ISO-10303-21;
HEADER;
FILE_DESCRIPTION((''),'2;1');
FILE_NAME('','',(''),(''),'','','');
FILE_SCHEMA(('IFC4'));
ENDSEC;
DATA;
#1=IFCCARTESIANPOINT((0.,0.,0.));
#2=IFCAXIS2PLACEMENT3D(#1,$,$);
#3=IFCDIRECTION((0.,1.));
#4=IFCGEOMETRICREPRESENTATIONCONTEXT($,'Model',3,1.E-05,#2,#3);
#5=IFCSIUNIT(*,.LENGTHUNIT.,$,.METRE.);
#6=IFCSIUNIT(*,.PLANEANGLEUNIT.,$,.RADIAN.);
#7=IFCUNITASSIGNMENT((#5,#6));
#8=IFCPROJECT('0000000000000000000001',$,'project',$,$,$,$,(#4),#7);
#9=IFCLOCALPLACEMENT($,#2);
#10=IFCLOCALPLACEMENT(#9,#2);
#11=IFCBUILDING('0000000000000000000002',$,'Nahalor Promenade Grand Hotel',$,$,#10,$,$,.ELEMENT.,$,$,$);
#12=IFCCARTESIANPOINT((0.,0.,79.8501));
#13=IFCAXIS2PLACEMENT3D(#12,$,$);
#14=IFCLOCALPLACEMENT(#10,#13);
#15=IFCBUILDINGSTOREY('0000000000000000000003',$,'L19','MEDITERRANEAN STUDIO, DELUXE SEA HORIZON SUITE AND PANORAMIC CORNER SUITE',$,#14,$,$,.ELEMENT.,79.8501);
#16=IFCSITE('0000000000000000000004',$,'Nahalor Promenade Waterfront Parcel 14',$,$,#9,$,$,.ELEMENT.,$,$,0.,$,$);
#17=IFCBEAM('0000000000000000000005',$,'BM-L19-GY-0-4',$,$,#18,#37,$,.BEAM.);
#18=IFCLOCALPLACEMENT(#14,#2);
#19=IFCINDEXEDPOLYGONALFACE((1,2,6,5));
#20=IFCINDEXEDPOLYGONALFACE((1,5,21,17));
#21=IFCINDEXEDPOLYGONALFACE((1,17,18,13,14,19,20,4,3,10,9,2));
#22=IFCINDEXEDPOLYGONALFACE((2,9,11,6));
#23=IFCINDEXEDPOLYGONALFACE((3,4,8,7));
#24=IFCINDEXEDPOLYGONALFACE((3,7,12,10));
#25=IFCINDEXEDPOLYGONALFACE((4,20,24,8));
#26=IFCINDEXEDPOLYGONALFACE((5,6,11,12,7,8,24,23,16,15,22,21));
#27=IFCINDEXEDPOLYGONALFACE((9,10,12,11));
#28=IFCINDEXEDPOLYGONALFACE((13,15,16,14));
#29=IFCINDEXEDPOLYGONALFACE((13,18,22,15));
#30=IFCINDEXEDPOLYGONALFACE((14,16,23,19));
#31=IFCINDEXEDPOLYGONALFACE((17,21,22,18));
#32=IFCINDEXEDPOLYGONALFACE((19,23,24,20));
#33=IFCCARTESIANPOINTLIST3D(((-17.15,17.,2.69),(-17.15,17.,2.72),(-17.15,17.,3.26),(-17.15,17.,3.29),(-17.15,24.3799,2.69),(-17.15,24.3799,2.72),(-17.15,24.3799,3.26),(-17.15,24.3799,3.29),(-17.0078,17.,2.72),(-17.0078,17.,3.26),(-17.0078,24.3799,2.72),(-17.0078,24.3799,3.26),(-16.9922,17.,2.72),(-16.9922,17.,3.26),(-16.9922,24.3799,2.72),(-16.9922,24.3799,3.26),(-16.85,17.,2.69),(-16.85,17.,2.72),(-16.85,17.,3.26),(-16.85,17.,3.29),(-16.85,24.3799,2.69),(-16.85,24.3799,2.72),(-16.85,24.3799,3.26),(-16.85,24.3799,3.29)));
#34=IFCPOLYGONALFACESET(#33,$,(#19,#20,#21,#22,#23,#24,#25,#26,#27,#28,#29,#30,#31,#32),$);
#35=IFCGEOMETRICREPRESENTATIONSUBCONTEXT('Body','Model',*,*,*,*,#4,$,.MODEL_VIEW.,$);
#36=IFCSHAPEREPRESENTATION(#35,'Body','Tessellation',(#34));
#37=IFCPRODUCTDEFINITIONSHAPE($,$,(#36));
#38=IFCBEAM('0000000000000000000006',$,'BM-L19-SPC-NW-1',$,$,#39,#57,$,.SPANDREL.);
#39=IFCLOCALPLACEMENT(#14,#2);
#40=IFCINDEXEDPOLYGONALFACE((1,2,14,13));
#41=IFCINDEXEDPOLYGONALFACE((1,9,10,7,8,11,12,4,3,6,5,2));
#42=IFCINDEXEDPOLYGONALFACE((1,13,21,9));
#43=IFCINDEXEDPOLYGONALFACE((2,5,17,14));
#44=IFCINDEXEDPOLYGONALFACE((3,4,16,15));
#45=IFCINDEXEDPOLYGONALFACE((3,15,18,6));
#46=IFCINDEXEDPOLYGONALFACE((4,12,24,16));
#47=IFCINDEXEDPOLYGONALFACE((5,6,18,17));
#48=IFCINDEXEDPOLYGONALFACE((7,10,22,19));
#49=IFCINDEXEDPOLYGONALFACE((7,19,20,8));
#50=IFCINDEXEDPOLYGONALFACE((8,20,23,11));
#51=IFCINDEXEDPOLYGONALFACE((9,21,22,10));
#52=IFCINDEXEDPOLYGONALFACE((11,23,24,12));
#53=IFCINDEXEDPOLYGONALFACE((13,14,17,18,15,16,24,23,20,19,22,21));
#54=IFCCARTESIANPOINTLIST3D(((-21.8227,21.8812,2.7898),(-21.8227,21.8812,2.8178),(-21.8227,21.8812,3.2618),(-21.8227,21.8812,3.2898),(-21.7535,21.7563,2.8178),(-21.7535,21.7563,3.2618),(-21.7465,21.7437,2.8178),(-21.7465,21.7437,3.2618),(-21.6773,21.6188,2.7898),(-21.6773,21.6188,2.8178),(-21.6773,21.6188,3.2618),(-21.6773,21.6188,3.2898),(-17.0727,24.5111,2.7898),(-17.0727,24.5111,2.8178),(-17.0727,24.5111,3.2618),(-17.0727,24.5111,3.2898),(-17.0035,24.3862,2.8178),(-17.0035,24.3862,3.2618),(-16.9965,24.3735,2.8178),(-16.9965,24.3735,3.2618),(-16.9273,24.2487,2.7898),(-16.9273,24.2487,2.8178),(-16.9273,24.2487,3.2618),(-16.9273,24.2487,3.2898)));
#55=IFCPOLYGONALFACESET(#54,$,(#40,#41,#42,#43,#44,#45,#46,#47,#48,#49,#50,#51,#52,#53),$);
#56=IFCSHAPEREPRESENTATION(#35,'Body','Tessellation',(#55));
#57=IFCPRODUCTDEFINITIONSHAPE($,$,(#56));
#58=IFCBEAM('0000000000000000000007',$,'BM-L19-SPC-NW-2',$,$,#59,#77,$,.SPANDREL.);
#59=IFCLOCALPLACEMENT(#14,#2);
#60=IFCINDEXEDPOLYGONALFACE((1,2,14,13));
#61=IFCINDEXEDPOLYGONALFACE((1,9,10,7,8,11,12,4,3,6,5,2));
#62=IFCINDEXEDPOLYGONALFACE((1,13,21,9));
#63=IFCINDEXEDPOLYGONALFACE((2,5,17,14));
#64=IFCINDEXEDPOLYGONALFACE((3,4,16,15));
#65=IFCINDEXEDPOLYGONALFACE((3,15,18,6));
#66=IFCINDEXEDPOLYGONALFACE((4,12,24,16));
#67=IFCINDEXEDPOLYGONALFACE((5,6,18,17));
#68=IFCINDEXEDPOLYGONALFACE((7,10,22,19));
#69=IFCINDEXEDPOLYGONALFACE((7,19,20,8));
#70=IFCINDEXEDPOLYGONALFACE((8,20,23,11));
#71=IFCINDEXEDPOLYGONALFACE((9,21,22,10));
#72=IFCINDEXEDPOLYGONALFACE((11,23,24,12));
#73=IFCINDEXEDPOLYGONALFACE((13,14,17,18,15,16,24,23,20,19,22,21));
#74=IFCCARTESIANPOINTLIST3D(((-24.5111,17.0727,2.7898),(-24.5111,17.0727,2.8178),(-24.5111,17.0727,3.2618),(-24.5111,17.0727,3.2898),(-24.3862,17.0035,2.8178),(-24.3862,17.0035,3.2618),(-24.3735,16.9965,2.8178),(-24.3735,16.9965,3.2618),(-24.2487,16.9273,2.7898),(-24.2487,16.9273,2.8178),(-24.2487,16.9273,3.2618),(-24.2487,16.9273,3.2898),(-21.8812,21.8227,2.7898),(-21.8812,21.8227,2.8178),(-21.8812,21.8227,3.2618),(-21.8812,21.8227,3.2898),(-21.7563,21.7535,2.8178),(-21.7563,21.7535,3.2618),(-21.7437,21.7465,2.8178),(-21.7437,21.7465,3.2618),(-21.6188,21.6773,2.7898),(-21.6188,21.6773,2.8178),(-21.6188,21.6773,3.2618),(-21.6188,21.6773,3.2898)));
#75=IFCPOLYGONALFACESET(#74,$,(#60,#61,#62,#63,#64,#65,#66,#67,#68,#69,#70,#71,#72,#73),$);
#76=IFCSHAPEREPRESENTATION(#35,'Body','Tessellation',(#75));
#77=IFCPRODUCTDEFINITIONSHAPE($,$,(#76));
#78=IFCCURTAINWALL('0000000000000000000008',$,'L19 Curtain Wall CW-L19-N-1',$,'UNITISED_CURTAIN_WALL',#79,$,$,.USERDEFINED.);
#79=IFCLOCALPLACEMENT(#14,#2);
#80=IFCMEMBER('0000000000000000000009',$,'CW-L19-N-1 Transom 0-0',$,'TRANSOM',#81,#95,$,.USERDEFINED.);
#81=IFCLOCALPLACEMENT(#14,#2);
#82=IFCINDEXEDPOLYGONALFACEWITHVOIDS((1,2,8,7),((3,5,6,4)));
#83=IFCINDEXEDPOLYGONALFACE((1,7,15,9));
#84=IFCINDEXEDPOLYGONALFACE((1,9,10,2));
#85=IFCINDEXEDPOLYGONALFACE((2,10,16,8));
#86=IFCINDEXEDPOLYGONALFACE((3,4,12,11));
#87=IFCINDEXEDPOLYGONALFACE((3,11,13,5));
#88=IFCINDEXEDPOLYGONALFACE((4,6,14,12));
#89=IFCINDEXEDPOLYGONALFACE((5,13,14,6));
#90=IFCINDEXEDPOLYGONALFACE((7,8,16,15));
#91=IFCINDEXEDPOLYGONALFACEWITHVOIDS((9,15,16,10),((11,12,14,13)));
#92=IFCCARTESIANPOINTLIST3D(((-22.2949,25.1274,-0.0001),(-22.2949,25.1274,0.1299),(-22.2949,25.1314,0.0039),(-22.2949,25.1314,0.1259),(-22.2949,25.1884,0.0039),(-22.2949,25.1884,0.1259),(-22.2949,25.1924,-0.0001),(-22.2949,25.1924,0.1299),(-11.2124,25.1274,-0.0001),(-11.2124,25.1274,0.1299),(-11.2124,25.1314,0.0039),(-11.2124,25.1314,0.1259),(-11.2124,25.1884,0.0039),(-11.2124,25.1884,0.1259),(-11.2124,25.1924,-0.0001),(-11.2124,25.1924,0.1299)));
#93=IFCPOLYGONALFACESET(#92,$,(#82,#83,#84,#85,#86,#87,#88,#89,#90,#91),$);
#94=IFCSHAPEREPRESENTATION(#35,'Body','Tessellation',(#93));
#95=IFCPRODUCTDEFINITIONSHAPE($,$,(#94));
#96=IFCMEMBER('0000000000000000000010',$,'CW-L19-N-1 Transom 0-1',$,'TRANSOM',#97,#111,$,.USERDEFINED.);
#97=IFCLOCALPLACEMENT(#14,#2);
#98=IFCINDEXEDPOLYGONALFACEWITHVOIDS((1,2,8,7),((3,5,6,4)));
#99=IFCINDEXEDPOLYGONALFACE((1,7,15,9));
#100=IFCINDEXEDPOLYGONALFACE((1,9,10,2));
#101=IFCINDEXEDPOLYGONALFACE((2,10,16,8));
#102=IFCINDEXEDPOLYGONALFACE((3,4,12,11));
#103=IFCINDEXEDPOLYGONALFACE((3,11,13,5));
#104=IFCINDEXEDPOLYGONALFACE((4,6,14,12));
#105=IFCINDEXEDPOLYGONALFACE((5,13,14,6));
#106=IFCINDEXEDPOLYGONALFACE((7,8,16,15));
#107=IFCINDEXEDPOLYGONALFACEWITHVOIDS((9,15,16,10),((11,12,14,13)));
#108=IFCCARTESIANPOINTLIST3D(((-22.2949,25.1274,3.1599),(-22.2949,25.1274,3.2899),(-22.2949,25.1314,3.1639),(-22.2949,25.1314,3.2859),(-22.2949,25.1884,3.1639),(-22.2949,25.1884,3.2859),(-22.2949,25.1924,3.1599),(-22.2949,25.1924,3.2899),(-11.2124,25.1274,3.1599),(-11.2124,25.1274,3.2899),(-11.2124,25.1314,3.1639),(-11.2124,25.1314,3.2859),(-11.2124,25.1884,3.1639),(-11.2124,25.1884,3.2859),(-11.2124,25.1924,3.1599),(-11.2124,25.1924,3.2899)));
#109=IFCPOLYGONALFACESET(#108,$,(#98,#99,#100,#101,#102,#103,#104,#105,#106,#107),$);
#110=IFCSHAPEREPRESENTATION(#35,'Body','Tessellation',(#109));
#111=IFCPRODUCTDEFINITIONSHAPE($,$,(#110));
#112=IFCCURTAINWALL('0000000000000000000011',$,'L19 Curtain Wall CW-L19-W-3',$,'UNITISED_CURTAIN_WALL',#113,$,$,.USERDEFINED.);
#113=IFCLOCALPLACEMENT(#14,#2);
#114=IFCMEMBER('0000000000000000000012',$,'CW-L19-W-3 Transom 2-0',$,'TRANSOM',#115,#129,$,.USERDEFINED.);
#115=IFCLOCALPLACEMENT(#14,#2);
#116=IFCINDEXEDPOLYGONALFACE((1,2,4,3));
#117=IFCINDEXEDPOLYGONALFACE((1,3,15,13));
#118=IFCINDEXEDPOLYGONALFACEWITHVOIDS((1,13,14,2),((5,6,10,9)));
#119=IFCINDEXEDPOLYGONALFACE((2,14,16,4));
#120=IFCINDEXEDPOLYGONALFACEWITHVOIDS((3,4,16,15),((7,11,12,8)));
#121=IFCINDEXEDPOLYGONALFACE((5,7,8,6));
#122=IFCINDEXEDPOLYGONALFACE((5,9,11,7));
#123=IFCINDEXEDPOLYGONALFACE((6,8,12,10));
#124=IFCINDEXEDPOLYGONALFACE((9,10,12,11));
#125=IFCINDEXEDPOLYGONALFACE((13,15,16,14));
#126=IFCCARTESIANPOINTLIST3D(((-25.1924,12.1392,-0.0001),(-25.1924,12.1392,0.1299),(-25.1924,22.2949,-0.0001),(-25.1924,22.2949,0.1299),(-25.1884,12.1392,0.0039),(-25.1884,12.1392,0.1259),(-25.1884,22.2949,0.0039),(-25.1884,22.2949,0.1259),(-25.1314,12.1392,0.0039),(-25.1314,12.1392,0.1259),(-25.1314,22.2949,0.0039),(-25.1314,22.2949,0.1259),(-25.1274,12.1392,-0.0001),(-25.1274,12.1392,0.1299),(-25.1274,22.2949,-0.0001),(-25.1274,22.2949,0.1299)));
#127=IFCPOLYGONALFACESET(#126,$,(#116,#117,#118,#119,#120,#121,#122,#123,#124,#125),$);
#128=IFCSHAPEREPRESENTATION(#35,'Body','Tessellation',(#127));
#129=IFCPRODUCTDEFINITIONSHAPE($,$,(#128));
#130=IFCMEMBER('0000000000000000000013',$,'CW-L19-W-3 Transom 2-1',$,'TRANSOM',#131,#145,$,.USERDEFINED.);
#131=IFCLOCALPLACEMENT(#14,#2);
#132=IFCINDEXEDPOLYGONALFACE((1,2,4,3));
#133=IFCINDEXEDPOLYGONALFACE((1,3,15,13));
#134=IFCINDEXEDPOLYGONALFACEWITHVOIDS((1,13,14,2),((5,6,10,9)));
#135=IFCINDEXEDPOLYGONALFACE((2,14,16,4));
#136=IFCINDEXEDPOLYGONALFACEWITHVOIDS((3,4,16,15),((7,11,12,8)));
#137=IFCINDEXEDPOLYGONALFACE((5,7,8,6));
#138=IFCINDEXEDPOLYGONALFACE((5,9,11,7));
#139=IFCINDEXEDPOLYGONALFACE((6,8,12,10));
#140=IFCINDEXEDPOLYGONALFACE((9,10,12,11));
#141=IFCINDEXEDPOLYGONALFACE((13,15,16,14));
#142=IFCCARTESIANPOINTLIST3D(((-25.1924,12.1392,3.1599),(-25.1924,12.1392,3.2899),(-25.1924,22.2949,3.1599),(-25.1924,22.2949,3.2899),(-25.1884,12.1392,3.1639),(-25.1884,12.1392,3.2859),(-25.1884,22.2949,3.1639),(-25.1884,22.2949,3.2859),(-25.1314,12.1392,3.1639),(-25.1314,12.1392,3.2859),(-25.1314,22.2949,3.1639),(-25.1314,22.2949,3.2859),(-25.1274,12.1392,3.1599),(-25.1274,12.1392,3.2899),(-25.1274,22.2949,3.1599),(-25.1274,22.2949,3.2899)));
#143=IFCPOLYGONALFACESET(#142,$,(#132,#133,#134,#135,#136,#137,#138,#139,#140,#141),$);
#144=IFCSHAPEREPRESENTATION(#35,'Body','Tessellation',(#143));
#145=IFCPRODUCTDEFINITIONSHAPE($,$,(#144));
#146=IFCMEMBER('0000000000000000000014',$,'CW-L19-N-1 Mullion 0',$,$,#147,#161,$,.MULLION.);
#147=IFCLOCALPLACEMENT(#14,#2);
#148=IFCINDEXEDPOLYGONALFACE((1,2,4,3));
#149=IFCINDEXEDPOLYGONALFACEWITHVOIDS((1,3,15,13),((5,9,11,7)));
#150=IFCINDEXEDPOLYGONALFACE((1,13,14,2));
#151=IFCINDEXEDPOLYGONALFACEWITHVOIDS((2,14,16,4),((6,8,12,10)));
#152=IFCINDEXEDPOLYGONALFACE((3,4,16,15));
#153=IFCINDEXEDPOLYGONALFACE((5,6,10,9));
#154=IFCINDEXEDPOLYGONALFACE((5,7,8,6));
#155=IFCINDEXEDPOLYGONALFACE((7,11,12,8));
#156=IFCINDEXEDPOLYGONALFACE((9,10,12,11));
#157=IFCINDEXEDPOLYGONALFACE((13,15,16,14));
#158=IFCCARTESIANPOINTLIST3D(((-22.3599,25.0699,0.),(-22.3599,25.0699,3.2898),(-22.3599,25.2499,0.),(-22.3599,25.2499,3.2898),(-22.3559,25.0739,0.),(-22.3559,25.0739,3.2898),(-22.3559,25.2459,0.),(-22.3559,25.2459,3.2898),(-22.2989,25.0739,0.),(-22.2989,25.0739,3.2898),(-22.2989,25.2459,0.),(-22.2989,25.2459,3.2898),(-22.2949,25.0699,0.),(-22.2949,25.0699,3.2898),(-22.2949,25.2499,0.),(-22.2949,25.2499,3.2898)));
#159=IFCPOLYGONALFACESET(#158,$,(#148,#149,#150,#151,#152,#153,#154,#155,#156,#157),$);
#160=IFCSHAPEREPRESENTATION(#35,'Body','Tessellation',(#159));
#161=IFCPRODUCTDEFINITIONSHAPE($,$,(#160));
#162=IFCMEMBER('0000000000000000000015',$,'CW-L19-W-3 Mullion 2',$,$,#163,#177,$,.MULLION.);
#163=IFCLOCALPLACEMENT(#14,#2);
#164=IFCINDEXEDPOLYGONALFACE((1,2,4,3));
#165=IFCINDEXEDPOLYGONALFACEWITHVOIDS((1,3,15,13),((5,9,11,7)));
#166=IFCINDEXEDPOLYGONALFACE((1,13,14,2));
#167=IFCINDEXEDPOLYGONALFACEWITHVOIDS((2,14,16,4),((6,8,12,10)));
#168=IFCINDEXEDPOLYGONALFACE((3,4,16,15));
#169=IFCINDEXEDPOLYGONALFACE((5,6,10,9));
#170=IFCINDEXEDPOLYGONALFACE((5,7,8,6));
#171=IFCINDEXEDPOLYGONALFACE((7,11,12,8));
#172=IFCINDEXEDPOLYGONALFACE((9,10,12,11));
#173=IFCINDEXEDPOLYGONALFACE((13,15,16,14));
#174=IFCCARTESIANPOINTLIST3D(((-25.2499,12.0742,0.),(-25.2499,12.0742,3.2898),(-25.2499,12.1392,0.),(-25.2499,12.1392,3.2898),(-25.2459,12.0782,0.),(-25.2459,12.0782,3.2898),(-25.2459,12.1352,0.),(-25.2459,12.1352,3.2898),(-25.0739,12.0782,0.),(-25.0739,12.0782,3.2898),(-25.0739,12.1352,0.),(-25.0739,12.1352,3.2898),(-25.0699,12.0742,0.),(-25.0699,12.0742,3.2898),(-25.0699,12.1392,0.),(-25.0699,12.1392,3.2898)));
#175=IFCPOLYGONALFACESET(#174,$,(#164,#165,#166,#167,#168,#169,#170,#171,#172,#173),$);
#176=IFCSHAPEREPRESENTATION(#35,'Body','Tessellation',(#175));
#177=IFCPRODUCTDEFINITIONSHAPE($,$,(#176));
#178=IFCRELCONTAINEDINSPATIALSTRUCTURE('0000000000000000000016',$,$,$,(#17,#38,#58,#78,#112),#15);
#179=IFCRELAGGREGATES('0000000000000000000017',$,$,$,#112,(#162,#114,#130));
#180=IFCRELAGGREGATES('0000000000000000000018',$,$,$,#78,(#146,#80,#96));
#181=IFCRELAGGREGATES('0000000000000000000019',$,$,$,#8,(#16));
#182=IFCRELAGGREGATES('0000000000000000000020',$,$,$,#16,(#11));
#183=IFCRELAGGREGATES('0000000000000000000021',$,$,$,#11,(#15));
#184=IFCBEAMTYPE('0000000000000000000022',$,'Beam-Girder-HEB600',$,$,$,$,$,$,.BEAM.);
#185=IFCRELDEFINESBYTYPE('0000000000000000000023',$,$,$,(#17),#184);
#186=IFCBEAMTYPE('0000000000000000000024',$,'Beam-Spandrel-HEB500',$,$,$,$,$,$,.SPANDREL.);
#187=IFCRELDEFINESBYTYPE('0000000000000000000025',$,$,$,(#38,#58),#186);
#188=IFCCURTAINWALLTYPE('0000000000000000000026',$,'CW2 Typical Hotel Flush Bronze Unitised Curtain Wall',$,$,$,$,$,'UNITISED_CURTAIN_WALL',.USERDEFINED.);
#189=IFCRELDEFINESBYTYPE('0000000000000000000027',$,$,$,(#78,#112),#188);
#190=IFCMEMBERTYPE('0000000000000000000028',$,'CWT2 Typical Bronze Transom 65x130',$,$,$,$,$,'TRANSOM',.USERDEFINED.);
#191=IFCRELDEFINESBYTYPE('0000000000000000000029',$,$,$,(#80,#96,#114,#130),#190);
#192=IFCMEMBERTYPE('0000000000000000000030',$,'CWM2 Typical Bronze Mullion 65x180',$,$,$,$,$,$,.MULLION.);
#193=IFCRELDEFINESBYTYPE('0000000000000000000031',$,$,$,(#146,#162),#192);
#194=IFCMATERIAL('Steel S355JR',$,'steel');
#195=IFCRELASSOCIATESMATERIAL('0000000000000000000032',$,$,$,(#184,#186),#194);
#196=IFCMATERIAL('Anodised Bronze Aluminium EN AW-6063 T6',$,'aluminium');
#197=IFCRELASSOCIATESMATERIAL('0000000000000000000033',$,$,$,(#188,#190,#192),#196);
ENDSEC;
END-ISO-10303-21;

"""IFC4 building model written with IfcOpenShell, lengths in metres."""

from ifc_helpers import new_model, si_unit, direction, frame, origin, origin_2d, place, context, subcontext, project, spatial, hollow_rectangle, i_section, extrude, source, transform, mapped, material, material_profile, profile_set, type_object, element, aggregate, save


model = new_model("IFC4")

# Units and contexts
model_context = context("Model", 3, precision=1e-05, world=origin(), true_north=direction((0.0, 1.0)))
body_context = subcontext(model_context, "Body", "Model", "MODEL_VIEW")
ifc_project = project(units=[si_unit("LENGTHUNIT", "METRE"), si_unit("PLANEANGLEUNIT", "RADIAN")], contexts=[model_context])

# Site, building, storey
site_placement = place(None, origin())
site = spatial("IfcSite", under=ifc_project, at=site_placement, Name="Nahalor Promenade Waterfront Parcel 14", CompositionType="ELEMENT", RefElevation=0.0)
building_placement = place(site_placement, origin())
building = spatial("IfcBuilding", under=site, at=building_placement, Name="Nahalor Promenade Grand Hotel", CompositionType="ELEMENT")
storey_placement = place(building_placement, frame((0.0, 0.0, 79.8501)))
storey = spatial("IfcBuildingStorey", under=building, at=storey_placement, Name="L19", Description="MEDITERRANEAN STUDIO, DELUXE SEA HORIZON SUITE AND PANORAMIC CORNER SUITE", CompositionType="ELEMENT", Elevation=79.8501)

# Beams
ifc_material_1 = material(Name="Steel S355JR", Category="steel")
ifc_material_profile_1 = material_profile(ifc_material_1, i_section(OverallWidth=0.3, OverallDepth=0.6, WebThickness=0.0155, FlangeThickness=0.03, at=origin_2d()), Name="HEB 600")
ifc_profile_set_1 = profile_set([ifc_material_profile_1], Name="Steel S355JR")
beam_type_1 = type_object("IfcBeamType", Name="Beam-Girder-HEB600", PredefinedType="BEAM", material=ifc_profile_set_1)
ifc_material_profile_2 = material_profile(ifc_material_1, i_section(OverallWidth=0.3, OverallDepth=0.5, WebThickness=0.0145, FlangeThickness=0.028, at=origin_2d()), Name="HEB 500")
ifc_profile_set_2 = profile_set([ifc_material_profile_2], Name="Steel S355JR")
beam_type_2 = type_object("IfcBeamType", Name="Beam-Spandrel-HEB500", PredefinedType="SPANDREL", material=ifc_profile_set_2)
shared_shape_1 = source(origin(), body_context, "Body", "SweptSolid", [
    extrude(i_section(OverallWidth=0.3, OverallDepth=0.6, WebThickness=0.0155, FlangeThickness=0.03, at=origin_2d()), origin(), (0.0, 0.0, 1.0), 7.3799),
])
for number, where, z_axis, x_axis, name in (
    (1, (-17.0, 17.0, 2.99), (0.0, 1.0, 0.0), (-1.0, 0.0, 0.0), "BM-L19-GY-0-4"),
):
    element("IfcBeam", number, at=place(storey_placement, frame(where, z_axis=z_axis, x_axis=x_axis)), inside=storey, type_object=beam_type_1, Name=name, PredefinedType="BEAM", context=body_context, shape_type="MappedRepresentation", body=[
        mapped(shared_shape_1, transform((0.0, 0.0, 0.0), scale=1.0)),
    ])
shared_shape_2 = source(origin(), body_context, "Body", "SweptSolid", [
    extrude(i_section(OverallWidth=0.3, OverallDepth=0.5, WebThickness=0.0145, FlangeThickness=0.028, at=origin_2d()), origin(), (0.0, 0.0, 1.0), 5.4294),
])
for number, where, z_axis, x_axis, name in (
    (2, (-17.0, 24.3799, 3.0398), (-0.874861, -0.484375, 0.0), (0.484375, -0.874861, 0.0), "BM-L19-SPC-NW-1"),
    (3, (-21.75, 21.75, 3.0398), (-0.484375, -0.874861, 0.0), (0.874861, -0.484375, 0.0), "BM-L19-SPC-NW-2"),
):
    element("IfcBeam", number, at=place(storey_placement, frame(where, z_axis=z_axis, x_axis=x_axis)), inside=storey, type_object=beam_type_2, Name=name, PredefinedType="SPANDREL", context=body_context, shape_type="MappedRepresentation", body=[
        mapped(shared_shape_2, transform((0.0, 0.0, 0.0), scale=1.0)),
    ])

# Curtain walls, members
ifc_material_2 = material(Name="Anodised Bronze Aluminium EN AW-6063 T6", Category="aluminium")
curtain_wall_type = type_object("IfcCurtainWallType", Name="CW2 Typical Hotel Flush Bronze Unitised Curtain Wall", ElementType="UNITISED_CURTAIN_WALL", PredefinedType="USERDEFINED", material=ifc_material_2)
curtain_wall_1_placement = place(storey_placement, origin())
curtain_wall_1 = element("IfcCurtainWall", 4, at=curtain_wall_1_placement, inside=storey, type_object=curtain_wall_type, Name="L19 Curtain Wall CW-L19-N-1", ObjectType="UNITISED_CURTAIN_WALL", PredefinedType="USERDEFINED")
ifc_material_profile_3 = material_profile(ifc_material_2, hollow_rectangle(XDim=0.065, YDim=0.13, WallThickness=0.004, at=origin_2d()), Name="CWT 65x130x4")
ifc_profile_set_3 = profile_set([ifc_material_profile_3], Name="Anodised Bronze Aluminium EN AW-6063 T6")
member_type_1 = type_object("IfcMemberType", Name="CWT2 Typical Bronze Transom 65x130", ElementType="TRANSOM", PredefinedType="USERDEFINED", material=ifc_profile_set_3)
shared_shape_3 = source(origin(), body_context, "Body", "SweptSolid", [
    extrude(hollow_rectangle(XDim=0.065, YDim=0.13, WallThickness=0.004, at=origin_2d()), origin(), (0.0, 0.0, 1.0), 11.0825),
])
member_1_placement = place(storey_placement, frame((-22.2949, 25.1599, 0.0649), z_axis=(1.0, 0.0, 0.0), x_axis=(0.0, 1.0, 0.0)))
member_1 = element("IfcMember", 5, at=member_1_placement, type_object=member_type_1, Name="CW-L19-N-1 Transom 0-0", ObjectType="TRANSOM", PredefinedType="USERDEFINED", context=body_context, shape_type="MappedRepresentation", body=[
    mapped(shared_shape_3, transform((0.0, 0.0, 0.0), scale=1.0)),
])
member_2_placement = place(storey_placement, frame((-22.2949, 25.1599, 3.2249), z_axis=(1.0, 0.0, 0.0), x_axis=(0.0, 1.0, 0.0)))
member_2 = element("IfcMember", 6, at=member_2_placement, type_object=member_type_1, Name="CW-L19-N-1 Transom 0-1", ObjectType="TRANSOM", PredefinedType="USERDEFINED", context=body_context, shape_type="MappedRepresentation", body=[
    mapped(shared_shape_3, transform((0.0, 0.0, 0.0), scale=1.0)),
])
curtain_wall_2_placement = place(storey_placement, origin())
curtain_wall_2 = element("IfcCurtainWall", 7, at=curtain_wall_2_placement, inside=storey, type_object=curtain_wall_type, Name="L19 Curtain Wall CW-L19-W-3", ObjectType="UNITISED_CURTAIN_WALL", PredefinedType="USERDEFINED")
shared_shape_4 = source(origin(), body_context, "Body", "SweptSolid", [
    extrude(hollow_rectangle(XDim=0.065, YDim=0.13, WallThickness=0.004, at=origin_2d()), origin(), (0.0, 0.0, 1.0), 10.1558),
])
member_3_placement = place(storey_placement, frame((-25.1599, 12.1392, 0.0649), z_axis=(0.0, 1.0, 0.0), x_axis=(-1.0, 0.0, 0.0)))
member_3 = element("IfcMember", 8, at=member_3_placement, type_object=member_type_1, Name="CW-L19-W-3 Transom 2-0", ObjectType="TRANSOM", PredefinedType="USERDEFINED", context=body_context, shape_type="MappedRepresentation", body=[
    mapped(shared_shape_4, transform((0.0, 0.0, 0.0), scale=1.0)),
])
member_4_placement = place(storey_placement, frame((-25.1599, 12.1392, 3.2249), z_axis=(0.0, 1.0, 0.0), x_axis=(-1.0, 0.0, 0.0)))
member_4 = element("IfcMember", 9, at=member_4_placement, type_object=member_type_1, Name="CW-L19-W-3 Transom 2-1", ObjectType="TRANSOM", PredefinedType="USERDEFINED", context=body_context, shape_type="MappedRepresentation", body=[
    mapped(shared_shape_4, transform((0.0, 0.0, 0.0), scale=1.0)),
])

# Members
ifc_material_profile_4 = material_profile(ifc_material_2, hollow_rectangle(XDim=0.065, YDim=0.18, WallThickness=0.004, at=origin_2d()), Name="CWM 65x180x4")
ifc_profile_set_4 = profile_set([ifc_material_profile_4], Name="Anodised Bronze Aluminium EN AW-6063 T6")
member_type_2 = type_object("IfcMemberType", Name="CWM2 Typical Bronze Mullion 65x180", PredefinedType="MULLION", material=ifc_profile_set_4)
shared_shape_5 = source(origin(), body_context, "Body", "SweptSolid", [
    extrude(hollow_rectangle(XDim=0.065, YDim=0.18, WallThickness=0.004, at=origin_2d()), origin(), (0.0, 0.0, 1.0), 3.2898),
])
member_5_placement = place(storey_placement, frame((-22.3274, 25.1599, 0.0), z_axis=(0.0, 0.0, 1.0), x_axis=(1.0, 0.0, 0.0)))
member_5 = element("IfcMember", 10, at=member_5_placement, type_object=member_type_2, Name="CW-L19-N-1 Mullion 0", PredefinedType="MULLION", context=body_context, shape_type="MappedRepresentation", body=[
    mapped(shared_shape_5, transform((0.0, 0.0, 0.0), scale=1.0)),
])
member_6_placement = place(storey_placement, frame((-25.1599, 12.1067, 0.0), z_axis=(0.0, 0.0, 1.0), x_axis=(0.0, 1.0, 0.0)))
member_6 = element("IfcMember", 11, at=member_6_placement, type_object=member_type_2, Name="CW-L19-W-3 Mullion 2", PredefinedType="MULLION", context=body_context, shape_type="MappedRepresentation", body=[
    mapped(shared_shape_5, transform((0.0, 0.0, 0.0), scale=1.0)),
])

aggregate(curtain_wall_2, [member_6, member_3, member_4])
aggregate(curtain_wall_1, [member_5, member_1, member_2])

save(model, "model.ifc")
